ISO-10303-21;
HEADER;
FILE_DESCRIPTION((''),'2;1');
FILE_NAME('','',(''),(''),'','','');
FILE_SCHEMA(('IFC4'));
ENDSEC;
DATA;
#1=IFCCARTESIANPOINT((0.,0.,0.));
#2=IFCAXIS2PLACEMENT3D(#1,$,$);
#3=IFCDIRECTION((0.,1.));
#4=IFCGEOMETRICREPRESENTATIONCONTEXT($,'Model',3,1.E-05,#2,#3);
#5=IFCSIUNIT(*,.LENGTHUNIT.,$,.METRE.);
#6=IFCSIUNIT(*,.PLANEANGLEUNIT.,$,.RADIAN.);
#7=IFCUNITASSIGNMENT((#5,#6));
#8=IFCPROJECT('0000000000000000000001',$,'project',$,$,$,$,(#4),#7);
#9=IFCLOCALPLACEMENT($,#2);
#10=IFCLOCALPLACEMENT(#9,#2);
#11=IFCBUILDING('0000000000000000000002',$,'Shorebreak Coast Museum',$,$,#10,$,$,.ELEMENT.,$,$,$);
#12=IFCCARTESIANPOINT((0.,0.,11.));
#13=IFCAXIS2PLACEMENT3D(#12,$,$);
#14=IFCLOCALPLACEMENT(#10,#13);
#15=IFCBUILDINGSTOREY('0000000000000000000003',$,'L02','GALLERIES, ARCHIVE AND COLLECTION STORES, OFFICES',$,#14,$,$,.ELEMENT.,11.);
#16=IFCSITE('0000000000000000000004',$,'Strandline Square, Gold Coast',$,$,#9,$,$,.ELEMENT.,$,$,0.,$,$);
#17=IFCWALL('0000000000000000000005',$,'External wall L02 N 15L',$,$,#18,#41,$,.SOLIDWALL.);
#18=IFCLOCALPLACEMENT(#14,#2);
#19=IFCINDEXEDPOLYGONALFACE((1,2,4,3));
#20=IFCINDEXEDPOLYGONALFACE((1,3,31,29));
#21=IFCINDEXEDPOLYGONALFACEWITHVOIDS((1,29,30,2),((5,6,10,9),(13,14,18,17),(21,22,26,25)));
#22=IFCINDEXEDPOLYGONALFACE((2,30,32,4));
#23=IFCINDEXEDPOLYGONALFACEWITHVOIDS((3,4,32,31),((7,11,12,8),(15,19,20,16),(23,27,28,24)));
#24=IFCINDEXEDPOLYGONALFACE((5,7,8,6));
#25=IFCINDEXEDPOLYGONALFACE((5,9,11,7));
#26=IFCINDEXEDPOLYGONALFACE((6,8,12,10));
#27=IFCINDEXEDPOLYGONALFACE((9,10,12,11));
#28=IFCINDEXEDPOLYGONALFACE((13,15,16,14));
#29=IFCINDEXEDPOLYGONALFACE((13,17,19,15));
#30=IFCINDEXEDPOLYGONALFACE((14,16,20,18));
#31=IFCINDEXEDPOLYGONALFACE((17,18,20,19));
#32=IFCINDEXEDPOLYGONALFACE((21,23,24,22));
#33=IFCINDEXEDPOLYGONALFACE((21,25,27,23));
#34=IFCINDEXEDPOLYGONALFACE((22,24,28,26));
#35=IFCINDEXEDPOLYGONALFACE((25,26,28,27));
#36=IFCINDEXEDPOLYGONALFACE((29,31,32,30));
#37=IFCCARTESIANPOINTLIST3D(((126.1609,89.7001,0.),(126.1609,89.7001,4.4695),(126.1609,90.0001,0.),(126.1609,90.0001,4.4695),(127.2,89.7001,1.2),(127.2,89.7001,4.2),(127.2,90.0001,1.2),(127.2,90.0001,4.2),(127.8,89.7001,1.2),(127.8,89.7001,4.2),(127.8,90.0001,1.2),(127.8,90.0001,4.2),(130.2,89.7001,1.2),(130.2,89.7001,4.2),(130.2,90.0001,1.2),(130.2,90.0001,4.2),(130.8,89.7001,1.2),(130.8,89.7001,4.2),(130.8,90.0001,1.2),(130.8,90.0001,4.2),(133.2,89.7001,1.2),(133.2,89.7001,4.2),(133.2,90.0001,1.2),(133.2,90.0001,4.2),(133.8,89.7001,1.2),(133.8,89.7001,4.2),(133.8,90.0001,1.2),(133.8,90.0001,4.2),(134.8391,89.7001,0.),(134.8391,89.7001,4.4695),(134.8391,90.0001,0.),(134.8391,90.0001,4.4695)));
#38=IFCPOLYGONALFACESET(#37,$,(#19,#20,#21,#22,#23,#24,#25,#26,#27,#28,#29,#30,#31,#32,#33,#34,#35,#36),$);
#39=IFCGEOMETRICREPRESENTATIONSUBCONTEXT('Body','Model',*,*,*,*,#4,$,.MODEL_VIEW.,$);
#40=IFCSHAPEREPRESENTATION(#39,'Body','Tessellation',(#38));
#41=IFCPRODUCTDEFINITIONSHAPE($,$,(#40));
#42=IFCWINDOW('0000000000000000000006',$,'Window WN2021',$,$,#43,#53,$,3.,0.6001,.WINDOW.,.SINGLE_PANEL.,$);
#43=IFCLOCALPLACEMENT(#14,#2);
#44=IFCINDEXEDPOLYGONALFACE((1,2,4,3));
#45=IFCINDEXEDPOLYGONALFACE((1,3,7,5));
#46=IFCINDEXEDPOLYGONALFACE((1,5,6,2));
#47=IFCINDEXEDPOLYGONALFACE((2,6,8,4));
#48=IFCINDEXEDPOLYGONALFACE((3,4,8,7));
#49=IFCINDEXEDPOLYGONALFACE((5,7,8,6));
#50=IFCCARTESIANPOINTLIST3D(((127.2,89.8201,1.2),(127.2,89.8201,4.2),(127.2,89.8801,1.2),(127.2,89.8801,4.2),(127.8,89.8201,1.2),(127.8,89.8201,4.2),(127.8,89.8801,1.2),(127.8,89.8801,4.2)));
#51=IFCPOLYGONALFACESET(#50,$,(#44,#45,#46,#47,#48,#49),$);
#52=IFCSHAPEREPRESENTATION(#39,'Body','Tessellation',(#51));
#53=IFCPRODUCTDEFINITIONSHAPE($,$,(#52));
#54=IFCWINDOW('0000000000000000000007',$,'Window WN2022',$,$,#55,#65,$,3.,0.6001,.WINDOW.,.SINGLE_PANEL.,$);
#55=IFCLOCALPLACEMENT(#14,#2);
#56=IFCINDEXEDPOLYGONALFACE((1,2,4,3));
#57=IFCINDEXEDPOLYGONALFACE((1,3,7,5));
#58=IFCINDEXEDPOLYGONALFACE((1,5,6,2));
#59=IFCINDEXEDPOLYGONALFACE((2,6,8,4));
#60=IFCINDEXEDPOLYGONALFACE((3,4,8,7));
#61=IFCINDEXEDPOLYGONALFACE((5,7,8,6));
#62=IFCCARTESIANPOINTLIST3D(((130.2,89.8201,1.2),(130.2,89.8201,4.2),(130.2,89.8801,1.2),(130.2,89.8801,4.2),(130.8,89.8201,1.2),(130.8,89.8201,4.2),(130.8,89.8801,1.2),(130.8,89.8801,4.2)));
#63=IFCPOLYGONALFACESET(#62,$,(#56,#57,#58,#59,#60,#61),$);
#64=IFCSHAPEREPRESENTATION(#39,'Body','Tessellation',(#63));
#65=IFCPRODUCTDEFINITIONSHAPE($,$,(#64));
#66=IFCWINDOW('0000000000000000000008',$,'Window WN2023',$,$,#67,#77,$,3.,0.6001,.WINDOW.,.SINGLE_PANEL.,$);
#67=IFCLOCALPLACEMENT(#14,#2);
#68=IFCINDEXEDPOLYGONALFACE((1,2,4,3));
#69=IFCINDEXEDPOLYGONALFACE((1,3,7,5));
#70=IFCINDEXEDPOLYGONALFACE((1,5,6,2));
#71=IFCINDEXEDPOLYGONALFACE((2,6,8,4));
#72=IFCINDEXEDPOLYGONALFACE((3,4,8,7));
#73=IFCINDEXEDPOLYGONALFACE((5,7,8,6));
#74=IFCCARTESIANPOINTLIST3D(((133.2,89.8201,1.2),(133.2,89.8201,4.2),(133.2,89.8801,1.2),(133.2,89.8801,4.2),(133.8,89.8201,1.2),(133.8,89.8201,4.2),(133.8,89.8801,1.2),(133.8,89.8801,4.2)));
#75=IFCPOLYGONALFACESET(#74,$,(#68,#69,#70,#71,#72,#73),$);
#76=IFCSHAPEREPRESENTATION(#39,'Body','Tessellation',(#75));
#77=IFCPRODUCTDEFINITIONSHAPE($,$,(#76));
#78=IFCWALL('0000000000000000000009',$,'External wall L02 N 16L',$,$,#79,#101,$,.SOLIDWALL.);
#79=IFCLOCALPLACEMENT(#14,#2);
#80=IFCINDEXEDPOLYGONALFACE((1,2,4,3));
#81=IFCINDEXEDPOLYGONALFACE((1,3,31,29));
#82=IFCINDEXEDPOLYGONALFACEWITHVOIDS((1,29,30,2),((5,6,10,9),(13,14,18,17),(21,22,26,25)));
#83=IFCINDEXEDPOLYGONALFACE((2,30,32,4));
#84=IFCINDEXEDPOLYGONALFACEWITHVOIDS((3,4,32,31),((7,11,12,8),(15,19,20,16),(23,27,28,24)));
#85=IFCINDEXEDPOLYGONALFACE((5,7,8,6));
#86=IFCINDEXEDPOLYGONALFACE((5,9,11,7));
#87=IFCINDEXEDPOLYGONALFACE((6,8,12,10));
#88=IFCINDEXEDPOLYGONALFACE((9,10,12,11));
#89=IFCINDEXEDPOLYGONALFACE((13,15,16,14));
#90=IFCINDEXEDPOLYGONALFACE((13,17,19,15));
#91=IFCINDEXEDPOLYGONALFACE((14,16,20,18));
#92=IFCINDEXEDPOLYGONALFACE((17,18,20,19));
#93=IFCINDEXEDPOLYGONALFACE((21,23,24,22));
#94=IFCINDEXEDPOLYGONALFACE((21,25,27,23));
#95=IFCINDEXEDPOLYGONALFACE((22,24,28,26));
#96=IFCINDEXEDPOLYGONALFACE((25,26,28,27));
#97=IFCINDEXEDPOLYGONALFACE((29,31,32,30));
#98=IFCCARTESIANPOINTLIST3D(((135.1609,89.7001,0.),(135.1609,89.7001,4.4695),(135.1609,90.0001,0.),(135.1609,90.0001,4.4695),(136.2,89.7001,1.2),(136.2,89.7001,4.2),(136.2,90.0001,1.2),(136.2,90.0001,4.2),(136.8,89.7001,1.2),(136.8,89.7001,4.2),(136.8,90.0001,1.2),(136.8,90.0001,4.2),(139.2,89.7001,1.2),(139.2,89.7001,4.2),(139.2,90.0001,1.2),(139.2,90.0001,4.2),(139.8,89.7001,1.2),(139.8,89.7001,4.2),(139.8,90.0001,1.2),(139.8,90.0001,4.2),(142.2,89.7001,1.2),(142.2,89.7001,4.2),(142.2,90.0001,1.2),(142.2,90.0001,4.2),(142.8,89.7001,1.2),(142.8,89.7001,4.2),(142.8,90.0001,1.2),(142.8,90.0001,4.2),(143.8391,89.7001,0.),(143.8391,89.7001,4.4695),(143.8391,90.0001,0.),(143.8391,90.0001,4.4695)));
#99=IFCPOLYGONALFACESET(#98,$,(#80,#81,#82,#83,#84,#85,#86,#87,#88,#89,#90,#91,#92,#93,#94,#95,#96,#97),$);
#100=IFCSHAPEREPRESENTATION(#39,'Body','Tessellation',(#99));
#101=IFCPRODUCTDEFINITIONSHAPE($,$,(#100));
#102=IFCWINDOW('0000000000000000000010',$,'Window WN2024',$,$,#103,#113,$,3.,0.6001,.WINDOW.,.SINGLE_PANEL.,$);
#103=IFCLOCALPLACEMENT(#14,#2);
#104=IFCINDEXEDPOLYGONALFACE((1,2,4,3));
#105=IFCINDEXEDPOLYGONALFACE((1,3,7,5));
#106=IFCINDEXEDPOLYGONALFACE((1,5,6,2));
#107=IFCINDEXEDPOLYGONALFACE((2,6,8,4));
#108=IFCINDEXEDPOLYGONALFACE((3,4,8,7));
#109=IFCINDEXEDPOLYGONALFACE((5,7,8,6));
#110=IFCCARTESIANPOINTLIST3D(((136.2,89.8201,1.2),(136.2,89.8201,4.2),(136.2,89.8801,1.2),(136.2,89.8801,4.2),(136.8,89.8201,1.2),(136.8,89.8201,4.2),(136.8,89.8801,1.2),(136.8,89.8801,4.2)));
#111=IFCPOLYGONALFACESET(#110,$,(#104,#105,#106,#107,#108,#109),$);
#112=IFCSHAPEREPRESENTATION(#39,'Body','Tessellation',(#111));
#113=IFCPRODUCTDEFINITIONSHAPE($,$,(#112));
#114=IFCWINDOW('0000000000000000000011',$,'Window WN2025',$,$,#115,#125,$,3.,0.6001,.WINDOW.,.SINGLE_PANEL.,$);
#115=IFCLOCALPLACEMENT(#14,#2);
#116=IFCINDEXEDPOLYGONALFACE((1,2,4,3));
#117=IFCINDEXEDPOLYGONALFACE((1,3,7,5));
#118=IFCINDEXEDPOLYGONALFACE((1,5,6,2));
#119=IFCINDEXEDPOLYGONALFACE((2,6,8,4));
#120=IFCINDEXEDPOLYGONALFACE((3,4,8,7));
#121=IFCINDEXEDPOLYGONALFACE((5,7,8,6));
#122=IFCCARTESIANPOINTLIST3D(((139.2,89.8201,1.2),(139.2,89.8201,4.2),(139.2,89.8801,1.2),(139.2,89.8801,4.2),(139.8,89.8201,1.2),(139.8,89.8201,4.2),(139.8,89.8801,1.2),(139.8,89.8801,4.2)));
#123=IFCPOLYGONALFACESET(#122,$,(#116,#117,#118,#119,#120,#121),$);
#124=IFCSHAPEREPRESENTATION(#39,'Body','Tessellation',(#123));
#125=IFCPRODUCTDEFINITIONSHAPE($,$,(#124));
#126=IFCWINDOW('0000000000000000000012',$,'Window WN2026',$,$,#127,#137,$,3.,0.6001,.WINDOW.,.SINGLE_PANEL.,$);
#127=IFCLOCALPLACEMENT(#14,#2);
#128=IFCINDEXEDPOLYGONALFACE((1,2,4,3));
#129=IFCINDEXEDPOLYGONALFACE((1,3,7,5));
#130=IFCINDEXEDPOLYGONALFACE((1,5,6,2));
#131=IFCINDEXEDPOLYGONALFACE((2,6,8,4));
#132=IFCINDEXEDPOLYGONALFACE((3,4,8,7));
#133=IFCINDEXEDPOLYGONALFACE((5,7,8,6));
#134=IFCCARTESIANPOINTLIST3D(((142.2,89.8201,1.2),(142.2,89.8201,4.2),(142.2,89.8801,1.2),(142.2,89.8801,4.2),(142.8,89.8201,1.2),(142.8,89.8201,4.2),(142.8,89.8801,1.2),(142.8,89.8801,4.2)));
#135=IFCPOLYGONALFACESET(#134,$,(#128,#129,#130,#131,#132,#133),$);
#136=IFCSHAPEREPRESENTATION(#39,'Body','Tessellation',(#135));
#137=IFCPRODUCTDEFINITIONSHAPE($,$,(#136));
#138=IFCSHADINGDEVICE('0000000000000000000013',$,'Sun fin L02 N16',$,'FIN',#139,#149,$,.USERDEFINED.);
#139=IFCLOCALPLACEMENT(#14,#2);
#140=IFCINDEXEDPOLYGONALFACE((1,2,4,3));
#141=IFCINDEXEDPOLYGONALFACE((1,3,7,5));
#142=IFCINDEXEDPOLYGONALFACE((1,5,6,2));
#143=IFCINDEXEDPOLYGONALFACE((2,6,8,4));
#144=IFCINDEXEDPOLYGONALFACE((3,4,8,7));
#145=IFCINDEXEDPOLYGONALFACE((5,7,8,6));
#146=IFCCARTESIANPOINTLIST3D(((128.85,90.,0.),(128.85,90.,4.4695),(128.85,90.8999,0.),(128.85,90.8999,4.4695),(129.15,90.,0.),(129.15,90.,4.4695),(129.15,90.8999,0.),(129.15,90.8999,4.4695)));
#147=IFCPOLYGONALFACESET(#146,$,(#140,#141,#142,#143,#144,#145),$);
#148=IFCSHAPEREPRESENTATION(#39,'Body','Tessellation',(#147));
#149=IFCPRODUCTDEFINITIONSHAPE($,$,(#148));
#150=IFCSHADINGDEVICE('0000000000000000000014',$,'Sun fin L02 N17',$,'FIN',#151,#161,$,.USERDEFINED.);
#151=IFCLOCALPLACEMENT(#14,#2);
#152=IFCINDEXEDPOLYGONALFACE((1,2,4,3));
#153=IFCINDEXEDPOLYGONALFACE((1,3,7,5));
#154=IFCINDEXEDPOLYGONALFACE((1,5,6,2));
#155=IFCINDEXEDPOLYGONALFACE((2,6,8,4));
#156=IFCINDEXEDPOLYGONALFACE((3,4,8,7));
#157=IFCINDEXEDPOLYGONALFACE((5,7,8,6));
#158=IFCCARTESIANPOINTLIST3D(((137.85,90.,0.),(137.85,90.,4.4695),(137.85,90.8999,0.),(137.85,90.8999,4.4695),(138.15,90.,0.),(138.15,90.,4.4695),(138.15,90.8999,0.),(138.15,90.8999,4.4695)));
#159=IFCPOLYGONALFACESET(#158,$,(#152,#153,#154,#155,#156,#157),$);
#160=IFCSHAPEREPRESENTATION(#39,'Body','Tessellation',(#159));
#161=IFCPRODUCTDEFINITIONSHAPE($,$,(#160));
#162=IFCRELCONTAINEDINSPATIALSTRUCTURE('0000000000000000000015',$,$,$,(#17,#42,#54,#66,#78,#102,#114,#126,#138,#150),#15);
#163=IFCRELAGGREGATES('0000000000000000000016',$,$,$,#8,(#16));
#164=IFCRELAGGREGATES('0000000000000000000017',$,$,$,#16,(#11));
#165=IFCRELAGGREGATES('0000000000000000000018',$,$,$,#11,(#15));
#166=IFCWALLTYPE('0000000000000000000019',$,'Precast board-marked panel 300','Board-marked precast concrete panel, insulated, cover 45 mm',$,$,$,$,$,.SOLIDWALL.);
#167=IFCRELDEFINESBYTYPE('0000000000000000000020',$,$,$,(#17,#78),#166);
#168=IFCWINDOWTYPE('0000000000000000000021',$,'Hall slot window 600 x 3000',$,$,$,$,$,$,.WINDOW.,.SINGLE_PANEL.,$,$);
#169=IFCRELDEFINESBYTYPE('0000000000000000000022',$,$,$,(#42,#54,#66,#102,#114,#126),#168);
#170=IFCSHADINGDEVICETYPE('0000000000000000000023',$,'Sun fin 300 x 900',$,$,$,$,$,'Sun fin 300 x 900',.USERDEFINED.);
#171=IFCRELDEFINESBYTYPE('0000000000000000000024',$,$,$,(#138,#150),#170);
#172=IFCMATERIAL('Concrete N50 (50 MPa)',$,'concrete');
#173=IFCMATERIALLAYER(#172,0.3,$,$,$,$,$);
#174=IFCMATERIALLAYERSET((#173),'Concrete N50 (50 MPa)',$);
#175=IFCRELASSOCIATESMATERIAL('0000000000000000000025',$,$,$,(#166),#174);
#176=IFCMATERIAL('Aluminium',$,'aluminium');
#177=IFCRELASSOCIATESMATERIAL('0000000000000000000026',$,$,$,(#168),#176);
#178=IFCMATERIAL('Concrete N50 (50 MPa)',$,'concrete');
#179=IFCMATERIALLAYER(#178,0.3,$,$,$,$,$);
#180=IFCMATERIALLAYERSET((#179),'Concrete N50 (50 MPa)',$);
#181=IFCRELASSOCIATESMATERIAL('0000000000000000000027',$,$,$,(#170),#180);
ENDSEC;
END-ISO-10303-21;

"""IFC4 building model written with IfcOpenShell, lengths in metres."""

from ifc_helpers import new_model, si_unit, direction, frame, frame_2d, origin, origin_2d, place, context, subcontext, project, spatial, rectangle, extrude, material, layer, layer_set, type_object, element, fill, save


model = new_model("IFC4")

# Units and contexts
model_context = context("Model", 3, precision=1e-05, world=origin(), true_north=direction((0.0, 1.0)))
body_context = subcontext(model_context, "Body", "Model", "MODEL_VIEW")
ifc_project = project(units=[si_unit("LENGTHUNIT", "METRE"), si_unit("PLANEANGLEUNIT", "RADIAN")], contexts=[model_context])

# Site, building, storey
site_placement = place(None, origin())
site = spatial("IfcSite", under=ifc_project, at=site_placement, Name="Strandline Square, Gold Coast", CompositionType="ELEMENT", RefElevation=0.0)
building_placement = place(site_placement, origin())
building = spatial("IfcBuilding", under=site, at=building_placement, Name="Shorebreak Coast Museum", CompositionType="ELEMENT")
storey_placement = place(building_placement, frame((0.0, 0.0, 11.0)))
storey = spatial("IfcBuildingStorey", under=building, at=storey_placement, Name="L02", Description="GALLERIES, ARCHIVE AND COLLECTION STORES, OFFICES", CompositionType="ELEMENT", Elevation=11.0)

# Walls, openings, windows
ifc_material_1 = material(Name="Concrete N50 (50 MPa)", Category="concrete")
ifc_layer_1 = layer(ifc_material_1, 0.3)
ifc_layer_set_1 = layer_set([ifc_layer_1], Name="Concrete N50 (50 MPa)")
wall_type_1 = type_object("IfcWallType", Name="Precast board-marked panel 300", Description="Board-marked precast concrete panel, insulated, cover 45 mm", PredefinedType="SOLIDWALL", material=ifc_layer_set_1)
wall_1_placement = place(storey_placement, frame((126.1609, 89.8501, 0.0), z_axis=(0.0, 0.0, 1.0), x_axis=(1.0, 0.0, 0.0)))
wall_1 = element("IfcWall", 1, at=wall_1_placement, inside=storey, type_object=wall_type_1, Name="External wall L02 N 15L", PredefinedType="SOLIDWALL", context=body_context, shape_type="SweptSolid", body=[
    extrude(rectangle(XDim=8.6782, YDim=0.3, at=frame_2d((4.3391, 0.0))), origin(), (0.0, 0.0, 1.0), 4.4695),
])
opening_1_placement = place(wall_1_placement, frame((1.0391, 0.0, 1.2)))
opening_1 = element("IfcOpeningElement", 2, at=opening_1_placement, cuts=wall_1, PredefinedType="OPENING", context=body_context, shape_type="SweptSolid", body=[
    extrude(rectangle(XDim=0.6001, YDim=3.0, at=frame_2d((0.3, 1.5))), frame((0.0, 0.1599, 0.0), z_axis=(0.0, -1.0, 0.0), x_axis=(1.0, 0.0, 0.0)), (0.0, 0.0, 1.0), 0.3201),
])
opening_2_placement = place(wall_1_placement, frame((4.0391, 0.0, 1.2)))
opening_2 = element("IfcOpeningElement", 3, at=opening_2_placement, cuts=wall_1, PredefinedType="OPENING", context=body_context, shape_type="SweptSolid", body=[
    extrude(rectangle(XDim=0.6001, YDim=3.0, at=frame_2d((0.3, 1.5))), frame((0.0, 0.1599, 0.0), z_axis=(0.0, -1.0, 0.0), x_axis=(1.0, 0.0, 0.0)), (0.0, 0.0, 1.0), 0.3201),
])
opening_3_placement = place(wall_1_placement, frame((7.0391, 0.0, 1.2)))
opening_3 = element("IfcOpeningElement", 4, at=opening_3_placement, cuts=wall_1, PredefinedType="OPENING", context=body_context, shape_type="SweptSolid", body=[
    extrude(rectangle(XDim=0.6001, YDim=3.0, at=frame_2d((0.3, 1.5))), frame((0.0, 0.1599, 0.0), z_axis=(0.0, -1.0, 0.0), x_axis=(1.0, 0.0, 0.0)), (0.0, 0.0, 1.0), 0.3201),
])
ifc_material_2 = material(Name="Aluminium", Category="aluminium")
window_type = type_object("IfcWindowType", Name="Hall slot window 600 x 3000", PartitioningType="SINGLE_PANEL", PredefinedType="WINDOW", material=ifc_material_2)
window_1_placement = place(opening_1_placement, origin())
window_1 = element("IfcWindow", 5, at=window_1_placement, inside=storey, type_object=window_type, Name="Window WN2021", OverallHeight=3.0, OverallWidth=0.6001, PartitioningType="SINGLE_PANEL", PredefinedType="WINDOW", context=body_context, shape_type="SweptSolid", body=[
    extrude(rectangle(XDim=0.6001, YDim=3.0, at=frame_2d((0.3, 1.5))), frame((0.0, 0.03, 0.0), z_axis=(0.0, -1.0, 0.0), x_axis=(1.0, 0.0, 0.0)), (0.0, 0.0, 1.0), 0.0601),
])
fill(opening_1, window_1)
window_2_placement = place(opening_2_placement, origin())
window_2 = element("IfcWindow", 6, at=window_2_placement, inside=storey, type_object=window_type, Name="Window WN2022", OverallHeight=3.0, OverallWidth=0.6001, PartitioningType="SINGLE_PANEL", PredefinedType="WINDOW", context=body_context, shape_type="SweptSolid", body=[
    extrude(rectangle(XDim=0.6001, YDim=3.0, at=frame_2d((0.3, 1.5))), frame((0.0, 0.03, 0.0), z_axis=(0.0, -1.0, 0.0), x_axis=(1.0, 0.0, 0.0)), (0.0, 0.0, 1.0), 0.0601),
])
fill(opening_2, window_2)
window_3_placement = place(opening_3_placement, origin())
window_3 = element("IfcWindow", 7, at=window_3_placement, inside=storey, type_object=window_type, Name="Window WN2023", OverallHeight=3.0, OverallWidth=0.6001, PartitioningType="SINGLE_PANEL", PredefinedType="WINDOW", context=body_context, shape_type="SweptSolid", body=[
    extrude(rectangle(XDim=0.6001, YDim=3.0, at=frame_2d((0.3, 1.5))), frame((0.0, 0.03, 0.0), z_axis=(0.0, -1.0, 0.0), x_axis=(1.0, 0.0, 0.0)), (0.0, 0.0, 1.0), 0.0601),
])
fill(opening_3, window_3)
wall_2_placement = place(storey_placement, frame((135.1609, 89.8501, 0.0), z_axis=(0.0, 0.0, 1.0), x_axis=(1.0, 0.0, 0.0)))
wall_2 = element("IfcWall", 8, at=wall_2_placement, inside=storey, type_object=wall_type_1, Name="External wall L02 N 16L", PredefinedType="SOLIDWALL", context=body_context, shape_type="SweptSolid", body=[
    extrude(rectangle(XDim=8.6782, YDim=0.3, at=frame_2d((4.3391, 0.0))), origin(), (0.0, 0.0, 1.0), 4.4695),
])
opening_4_placement = place(wall_2_placement, frame((1.0391, 0.0, 1.2)))
opening_4 = element("IfcOpeningElement", 9, at=opening_4_placement, cuts=wall_2, PredefinedType="OPENING", context=body_context, shape_type="SweptSolid", body=[
    extrude(rectangle(XDim=0.6001, YDim=3.0, at=frame_2d((0.3, 1.5))), frame((0.0, 0.1599, 0.0), z_axis=(0.0, -1.0, 0.0), x_axis=(1.0, 0.0, 0.0)), (0.0, 0.0, 1.0), 0.3201),
])
opening_5_placement = place(wall_2_placement, frame((4.0391, 0.0, 1.2)))
opening_5 = element("IfcOpeningElement", 10, at=opening_5_placement, cuts=wall_2, PredefinedType="OPENING", context=body_context, shape_type="SweptSolid", body=[
    extrude(rectangle(XDim=0.6001, YDim=3.0, at=frame_2d((0.3, 1.5))), frame((0.0, 0.1599, 0.0), z_axis=(0.0, -1.0, 0.0), x_axis=(1.0, 0.0, 0.0)), (0.0, 0.0, 1.0), 0.3201),
])
opening_6_placement = place(wall_2_placement, frame((7.0391, 0.0, 1.2)))
opening_6 = element("IfcOpeningElement", 11, at=opening_6_placement, cuts=wall_2, PredefinedType="OPENING", context=body_context, shape_type="SweptSolid", body=[
    extrude(rectangle(XDim=0.6001, YDim=3.0, at=frame_2d((0.3, 1.5))), frame((0.0, 0.1599, 0.0), z_axis=(0.0, -1.0, 0.0), x_axis=(1.0, 0.0, 0.0)), (0.0, 0.0, 1.0), 0.3201),
])
window_4_placement = place(opening_4_placement, origin())
window_4 = element("IfcWindow", 12, at=window_4_placement, inside=storey, type_object=window_type, Name="Window WN2024", OverallHeight=3.0, OverallWidth=0.6001, PartitioningType="SINGLE_PANEL", PredefinedType="WINDOW", context=body_context, shape_type="SweptSolid", body=[
    extrude(rectangle(XDim=0.6001, YDim=3.0, at=frame_2d((0.3, 1.5))), frame((0.0, 0.03, 0.0), z_axis=(0.0, -1.0, 0.0), x_axis=(1.0, 0.0, 0.0)), (0.0, 0.0, 1.0), 0.0601),
])
fill(opening_4, window_4)
window_5_placement = place(opening_5_placement, origin())
window_5 = element("IfcWindow", 13, at=window_5_placement, inside=storey, type_object=window_type, Name="Window WN2025", OverallHeight=3.0, OverallWidth=0.6001, PartitioningType="SINGLE_PANEL", PredefinedType="WINDOW", context=body_context, shape_type="SweptSolid", body=[
    extrude(rectangle(XDim=0.6001, YDim=3.0, at=frame_2d((0.3, 1.5))), frame((0.0, 0.03, 0.0), z_axis=(0.0, -1.0, 0.0), x_axis=(1.0, 0.0, 0.0)), (0.0, 0.0, 1.0), 0.0601),
])
fill(opening_5, window_5)
window_6_placement = place(opening_6_placement, origin())
window_6 = element("IfcWindow", 14, at=window_6_placement, inside=storey, type_object=window_type, Name="Window WN2026", OverallHeight=3.0, OverallWidth=0.6001, PartitioningType="SINGLE_PANEL", PredefinedType="WINDOW", context=body_context, shape_type="SweptSolid", body=[
    extrude(rectangle(XDim=0.6001, YDim=3.0, at=frame_2d((0.3, 1.5))), frame((0.0, 0.03, 0.0), z_axis=(0.0, -1.0, 0.0), x_axis=(1.0, 0.0, 0.0)), (0.0, 0.0, 1.0), 0.0601),
])
fill(opening_6, window_6)

# Shading devices
ifc_material_3 = material(Name="Concrete N50 (50 MPa)", Category="concrete")
ifc_layer_2 = layer(ifc_material_3, 0.3)
ifc_layer_set_2 = layer_set([ifc_layer_2], Name="Concrete N50 (50 MPa)")
shading_device_type = type_object("IfcShadingDeviceType", Name="Sun fin 300 x 900", ElementType="Sun fin 300 x 900", PredefinedType="USERDEFINED", material=ifc_layer_set_2)
for number, where, z_axis, x_axis, name in (
    (15, (129.0, 90.45, 0.0), (0.0, 0.0, 1.0), (1.0, 0.0, 0.0), "Sun fin L02 N16"),
    (16, (138.0, 90.45, 0.0), (0.0, 0.0, 1.0), (1.0, 0.0, 0.0), "Sun fin L02 N17"),
):
    element("IfcShadingDevice", number, at=place(storey_placement, frame(where, z_axis=z_axis, x_axis=x_axis)), inside=storey, type_object=shading_device_type, Name=name, ObjectType="FIN", PredefinedType="USERDEFINED", context=body_context, shape_type="SweptSolid", body=[
        extrude(rectangle(XDim=0.3, YDim=0.8999, at=origin_2d()), origin(), (0.0, 0.0, 1.0), 4.4695),
    ])

save(model, "model.ifc")
